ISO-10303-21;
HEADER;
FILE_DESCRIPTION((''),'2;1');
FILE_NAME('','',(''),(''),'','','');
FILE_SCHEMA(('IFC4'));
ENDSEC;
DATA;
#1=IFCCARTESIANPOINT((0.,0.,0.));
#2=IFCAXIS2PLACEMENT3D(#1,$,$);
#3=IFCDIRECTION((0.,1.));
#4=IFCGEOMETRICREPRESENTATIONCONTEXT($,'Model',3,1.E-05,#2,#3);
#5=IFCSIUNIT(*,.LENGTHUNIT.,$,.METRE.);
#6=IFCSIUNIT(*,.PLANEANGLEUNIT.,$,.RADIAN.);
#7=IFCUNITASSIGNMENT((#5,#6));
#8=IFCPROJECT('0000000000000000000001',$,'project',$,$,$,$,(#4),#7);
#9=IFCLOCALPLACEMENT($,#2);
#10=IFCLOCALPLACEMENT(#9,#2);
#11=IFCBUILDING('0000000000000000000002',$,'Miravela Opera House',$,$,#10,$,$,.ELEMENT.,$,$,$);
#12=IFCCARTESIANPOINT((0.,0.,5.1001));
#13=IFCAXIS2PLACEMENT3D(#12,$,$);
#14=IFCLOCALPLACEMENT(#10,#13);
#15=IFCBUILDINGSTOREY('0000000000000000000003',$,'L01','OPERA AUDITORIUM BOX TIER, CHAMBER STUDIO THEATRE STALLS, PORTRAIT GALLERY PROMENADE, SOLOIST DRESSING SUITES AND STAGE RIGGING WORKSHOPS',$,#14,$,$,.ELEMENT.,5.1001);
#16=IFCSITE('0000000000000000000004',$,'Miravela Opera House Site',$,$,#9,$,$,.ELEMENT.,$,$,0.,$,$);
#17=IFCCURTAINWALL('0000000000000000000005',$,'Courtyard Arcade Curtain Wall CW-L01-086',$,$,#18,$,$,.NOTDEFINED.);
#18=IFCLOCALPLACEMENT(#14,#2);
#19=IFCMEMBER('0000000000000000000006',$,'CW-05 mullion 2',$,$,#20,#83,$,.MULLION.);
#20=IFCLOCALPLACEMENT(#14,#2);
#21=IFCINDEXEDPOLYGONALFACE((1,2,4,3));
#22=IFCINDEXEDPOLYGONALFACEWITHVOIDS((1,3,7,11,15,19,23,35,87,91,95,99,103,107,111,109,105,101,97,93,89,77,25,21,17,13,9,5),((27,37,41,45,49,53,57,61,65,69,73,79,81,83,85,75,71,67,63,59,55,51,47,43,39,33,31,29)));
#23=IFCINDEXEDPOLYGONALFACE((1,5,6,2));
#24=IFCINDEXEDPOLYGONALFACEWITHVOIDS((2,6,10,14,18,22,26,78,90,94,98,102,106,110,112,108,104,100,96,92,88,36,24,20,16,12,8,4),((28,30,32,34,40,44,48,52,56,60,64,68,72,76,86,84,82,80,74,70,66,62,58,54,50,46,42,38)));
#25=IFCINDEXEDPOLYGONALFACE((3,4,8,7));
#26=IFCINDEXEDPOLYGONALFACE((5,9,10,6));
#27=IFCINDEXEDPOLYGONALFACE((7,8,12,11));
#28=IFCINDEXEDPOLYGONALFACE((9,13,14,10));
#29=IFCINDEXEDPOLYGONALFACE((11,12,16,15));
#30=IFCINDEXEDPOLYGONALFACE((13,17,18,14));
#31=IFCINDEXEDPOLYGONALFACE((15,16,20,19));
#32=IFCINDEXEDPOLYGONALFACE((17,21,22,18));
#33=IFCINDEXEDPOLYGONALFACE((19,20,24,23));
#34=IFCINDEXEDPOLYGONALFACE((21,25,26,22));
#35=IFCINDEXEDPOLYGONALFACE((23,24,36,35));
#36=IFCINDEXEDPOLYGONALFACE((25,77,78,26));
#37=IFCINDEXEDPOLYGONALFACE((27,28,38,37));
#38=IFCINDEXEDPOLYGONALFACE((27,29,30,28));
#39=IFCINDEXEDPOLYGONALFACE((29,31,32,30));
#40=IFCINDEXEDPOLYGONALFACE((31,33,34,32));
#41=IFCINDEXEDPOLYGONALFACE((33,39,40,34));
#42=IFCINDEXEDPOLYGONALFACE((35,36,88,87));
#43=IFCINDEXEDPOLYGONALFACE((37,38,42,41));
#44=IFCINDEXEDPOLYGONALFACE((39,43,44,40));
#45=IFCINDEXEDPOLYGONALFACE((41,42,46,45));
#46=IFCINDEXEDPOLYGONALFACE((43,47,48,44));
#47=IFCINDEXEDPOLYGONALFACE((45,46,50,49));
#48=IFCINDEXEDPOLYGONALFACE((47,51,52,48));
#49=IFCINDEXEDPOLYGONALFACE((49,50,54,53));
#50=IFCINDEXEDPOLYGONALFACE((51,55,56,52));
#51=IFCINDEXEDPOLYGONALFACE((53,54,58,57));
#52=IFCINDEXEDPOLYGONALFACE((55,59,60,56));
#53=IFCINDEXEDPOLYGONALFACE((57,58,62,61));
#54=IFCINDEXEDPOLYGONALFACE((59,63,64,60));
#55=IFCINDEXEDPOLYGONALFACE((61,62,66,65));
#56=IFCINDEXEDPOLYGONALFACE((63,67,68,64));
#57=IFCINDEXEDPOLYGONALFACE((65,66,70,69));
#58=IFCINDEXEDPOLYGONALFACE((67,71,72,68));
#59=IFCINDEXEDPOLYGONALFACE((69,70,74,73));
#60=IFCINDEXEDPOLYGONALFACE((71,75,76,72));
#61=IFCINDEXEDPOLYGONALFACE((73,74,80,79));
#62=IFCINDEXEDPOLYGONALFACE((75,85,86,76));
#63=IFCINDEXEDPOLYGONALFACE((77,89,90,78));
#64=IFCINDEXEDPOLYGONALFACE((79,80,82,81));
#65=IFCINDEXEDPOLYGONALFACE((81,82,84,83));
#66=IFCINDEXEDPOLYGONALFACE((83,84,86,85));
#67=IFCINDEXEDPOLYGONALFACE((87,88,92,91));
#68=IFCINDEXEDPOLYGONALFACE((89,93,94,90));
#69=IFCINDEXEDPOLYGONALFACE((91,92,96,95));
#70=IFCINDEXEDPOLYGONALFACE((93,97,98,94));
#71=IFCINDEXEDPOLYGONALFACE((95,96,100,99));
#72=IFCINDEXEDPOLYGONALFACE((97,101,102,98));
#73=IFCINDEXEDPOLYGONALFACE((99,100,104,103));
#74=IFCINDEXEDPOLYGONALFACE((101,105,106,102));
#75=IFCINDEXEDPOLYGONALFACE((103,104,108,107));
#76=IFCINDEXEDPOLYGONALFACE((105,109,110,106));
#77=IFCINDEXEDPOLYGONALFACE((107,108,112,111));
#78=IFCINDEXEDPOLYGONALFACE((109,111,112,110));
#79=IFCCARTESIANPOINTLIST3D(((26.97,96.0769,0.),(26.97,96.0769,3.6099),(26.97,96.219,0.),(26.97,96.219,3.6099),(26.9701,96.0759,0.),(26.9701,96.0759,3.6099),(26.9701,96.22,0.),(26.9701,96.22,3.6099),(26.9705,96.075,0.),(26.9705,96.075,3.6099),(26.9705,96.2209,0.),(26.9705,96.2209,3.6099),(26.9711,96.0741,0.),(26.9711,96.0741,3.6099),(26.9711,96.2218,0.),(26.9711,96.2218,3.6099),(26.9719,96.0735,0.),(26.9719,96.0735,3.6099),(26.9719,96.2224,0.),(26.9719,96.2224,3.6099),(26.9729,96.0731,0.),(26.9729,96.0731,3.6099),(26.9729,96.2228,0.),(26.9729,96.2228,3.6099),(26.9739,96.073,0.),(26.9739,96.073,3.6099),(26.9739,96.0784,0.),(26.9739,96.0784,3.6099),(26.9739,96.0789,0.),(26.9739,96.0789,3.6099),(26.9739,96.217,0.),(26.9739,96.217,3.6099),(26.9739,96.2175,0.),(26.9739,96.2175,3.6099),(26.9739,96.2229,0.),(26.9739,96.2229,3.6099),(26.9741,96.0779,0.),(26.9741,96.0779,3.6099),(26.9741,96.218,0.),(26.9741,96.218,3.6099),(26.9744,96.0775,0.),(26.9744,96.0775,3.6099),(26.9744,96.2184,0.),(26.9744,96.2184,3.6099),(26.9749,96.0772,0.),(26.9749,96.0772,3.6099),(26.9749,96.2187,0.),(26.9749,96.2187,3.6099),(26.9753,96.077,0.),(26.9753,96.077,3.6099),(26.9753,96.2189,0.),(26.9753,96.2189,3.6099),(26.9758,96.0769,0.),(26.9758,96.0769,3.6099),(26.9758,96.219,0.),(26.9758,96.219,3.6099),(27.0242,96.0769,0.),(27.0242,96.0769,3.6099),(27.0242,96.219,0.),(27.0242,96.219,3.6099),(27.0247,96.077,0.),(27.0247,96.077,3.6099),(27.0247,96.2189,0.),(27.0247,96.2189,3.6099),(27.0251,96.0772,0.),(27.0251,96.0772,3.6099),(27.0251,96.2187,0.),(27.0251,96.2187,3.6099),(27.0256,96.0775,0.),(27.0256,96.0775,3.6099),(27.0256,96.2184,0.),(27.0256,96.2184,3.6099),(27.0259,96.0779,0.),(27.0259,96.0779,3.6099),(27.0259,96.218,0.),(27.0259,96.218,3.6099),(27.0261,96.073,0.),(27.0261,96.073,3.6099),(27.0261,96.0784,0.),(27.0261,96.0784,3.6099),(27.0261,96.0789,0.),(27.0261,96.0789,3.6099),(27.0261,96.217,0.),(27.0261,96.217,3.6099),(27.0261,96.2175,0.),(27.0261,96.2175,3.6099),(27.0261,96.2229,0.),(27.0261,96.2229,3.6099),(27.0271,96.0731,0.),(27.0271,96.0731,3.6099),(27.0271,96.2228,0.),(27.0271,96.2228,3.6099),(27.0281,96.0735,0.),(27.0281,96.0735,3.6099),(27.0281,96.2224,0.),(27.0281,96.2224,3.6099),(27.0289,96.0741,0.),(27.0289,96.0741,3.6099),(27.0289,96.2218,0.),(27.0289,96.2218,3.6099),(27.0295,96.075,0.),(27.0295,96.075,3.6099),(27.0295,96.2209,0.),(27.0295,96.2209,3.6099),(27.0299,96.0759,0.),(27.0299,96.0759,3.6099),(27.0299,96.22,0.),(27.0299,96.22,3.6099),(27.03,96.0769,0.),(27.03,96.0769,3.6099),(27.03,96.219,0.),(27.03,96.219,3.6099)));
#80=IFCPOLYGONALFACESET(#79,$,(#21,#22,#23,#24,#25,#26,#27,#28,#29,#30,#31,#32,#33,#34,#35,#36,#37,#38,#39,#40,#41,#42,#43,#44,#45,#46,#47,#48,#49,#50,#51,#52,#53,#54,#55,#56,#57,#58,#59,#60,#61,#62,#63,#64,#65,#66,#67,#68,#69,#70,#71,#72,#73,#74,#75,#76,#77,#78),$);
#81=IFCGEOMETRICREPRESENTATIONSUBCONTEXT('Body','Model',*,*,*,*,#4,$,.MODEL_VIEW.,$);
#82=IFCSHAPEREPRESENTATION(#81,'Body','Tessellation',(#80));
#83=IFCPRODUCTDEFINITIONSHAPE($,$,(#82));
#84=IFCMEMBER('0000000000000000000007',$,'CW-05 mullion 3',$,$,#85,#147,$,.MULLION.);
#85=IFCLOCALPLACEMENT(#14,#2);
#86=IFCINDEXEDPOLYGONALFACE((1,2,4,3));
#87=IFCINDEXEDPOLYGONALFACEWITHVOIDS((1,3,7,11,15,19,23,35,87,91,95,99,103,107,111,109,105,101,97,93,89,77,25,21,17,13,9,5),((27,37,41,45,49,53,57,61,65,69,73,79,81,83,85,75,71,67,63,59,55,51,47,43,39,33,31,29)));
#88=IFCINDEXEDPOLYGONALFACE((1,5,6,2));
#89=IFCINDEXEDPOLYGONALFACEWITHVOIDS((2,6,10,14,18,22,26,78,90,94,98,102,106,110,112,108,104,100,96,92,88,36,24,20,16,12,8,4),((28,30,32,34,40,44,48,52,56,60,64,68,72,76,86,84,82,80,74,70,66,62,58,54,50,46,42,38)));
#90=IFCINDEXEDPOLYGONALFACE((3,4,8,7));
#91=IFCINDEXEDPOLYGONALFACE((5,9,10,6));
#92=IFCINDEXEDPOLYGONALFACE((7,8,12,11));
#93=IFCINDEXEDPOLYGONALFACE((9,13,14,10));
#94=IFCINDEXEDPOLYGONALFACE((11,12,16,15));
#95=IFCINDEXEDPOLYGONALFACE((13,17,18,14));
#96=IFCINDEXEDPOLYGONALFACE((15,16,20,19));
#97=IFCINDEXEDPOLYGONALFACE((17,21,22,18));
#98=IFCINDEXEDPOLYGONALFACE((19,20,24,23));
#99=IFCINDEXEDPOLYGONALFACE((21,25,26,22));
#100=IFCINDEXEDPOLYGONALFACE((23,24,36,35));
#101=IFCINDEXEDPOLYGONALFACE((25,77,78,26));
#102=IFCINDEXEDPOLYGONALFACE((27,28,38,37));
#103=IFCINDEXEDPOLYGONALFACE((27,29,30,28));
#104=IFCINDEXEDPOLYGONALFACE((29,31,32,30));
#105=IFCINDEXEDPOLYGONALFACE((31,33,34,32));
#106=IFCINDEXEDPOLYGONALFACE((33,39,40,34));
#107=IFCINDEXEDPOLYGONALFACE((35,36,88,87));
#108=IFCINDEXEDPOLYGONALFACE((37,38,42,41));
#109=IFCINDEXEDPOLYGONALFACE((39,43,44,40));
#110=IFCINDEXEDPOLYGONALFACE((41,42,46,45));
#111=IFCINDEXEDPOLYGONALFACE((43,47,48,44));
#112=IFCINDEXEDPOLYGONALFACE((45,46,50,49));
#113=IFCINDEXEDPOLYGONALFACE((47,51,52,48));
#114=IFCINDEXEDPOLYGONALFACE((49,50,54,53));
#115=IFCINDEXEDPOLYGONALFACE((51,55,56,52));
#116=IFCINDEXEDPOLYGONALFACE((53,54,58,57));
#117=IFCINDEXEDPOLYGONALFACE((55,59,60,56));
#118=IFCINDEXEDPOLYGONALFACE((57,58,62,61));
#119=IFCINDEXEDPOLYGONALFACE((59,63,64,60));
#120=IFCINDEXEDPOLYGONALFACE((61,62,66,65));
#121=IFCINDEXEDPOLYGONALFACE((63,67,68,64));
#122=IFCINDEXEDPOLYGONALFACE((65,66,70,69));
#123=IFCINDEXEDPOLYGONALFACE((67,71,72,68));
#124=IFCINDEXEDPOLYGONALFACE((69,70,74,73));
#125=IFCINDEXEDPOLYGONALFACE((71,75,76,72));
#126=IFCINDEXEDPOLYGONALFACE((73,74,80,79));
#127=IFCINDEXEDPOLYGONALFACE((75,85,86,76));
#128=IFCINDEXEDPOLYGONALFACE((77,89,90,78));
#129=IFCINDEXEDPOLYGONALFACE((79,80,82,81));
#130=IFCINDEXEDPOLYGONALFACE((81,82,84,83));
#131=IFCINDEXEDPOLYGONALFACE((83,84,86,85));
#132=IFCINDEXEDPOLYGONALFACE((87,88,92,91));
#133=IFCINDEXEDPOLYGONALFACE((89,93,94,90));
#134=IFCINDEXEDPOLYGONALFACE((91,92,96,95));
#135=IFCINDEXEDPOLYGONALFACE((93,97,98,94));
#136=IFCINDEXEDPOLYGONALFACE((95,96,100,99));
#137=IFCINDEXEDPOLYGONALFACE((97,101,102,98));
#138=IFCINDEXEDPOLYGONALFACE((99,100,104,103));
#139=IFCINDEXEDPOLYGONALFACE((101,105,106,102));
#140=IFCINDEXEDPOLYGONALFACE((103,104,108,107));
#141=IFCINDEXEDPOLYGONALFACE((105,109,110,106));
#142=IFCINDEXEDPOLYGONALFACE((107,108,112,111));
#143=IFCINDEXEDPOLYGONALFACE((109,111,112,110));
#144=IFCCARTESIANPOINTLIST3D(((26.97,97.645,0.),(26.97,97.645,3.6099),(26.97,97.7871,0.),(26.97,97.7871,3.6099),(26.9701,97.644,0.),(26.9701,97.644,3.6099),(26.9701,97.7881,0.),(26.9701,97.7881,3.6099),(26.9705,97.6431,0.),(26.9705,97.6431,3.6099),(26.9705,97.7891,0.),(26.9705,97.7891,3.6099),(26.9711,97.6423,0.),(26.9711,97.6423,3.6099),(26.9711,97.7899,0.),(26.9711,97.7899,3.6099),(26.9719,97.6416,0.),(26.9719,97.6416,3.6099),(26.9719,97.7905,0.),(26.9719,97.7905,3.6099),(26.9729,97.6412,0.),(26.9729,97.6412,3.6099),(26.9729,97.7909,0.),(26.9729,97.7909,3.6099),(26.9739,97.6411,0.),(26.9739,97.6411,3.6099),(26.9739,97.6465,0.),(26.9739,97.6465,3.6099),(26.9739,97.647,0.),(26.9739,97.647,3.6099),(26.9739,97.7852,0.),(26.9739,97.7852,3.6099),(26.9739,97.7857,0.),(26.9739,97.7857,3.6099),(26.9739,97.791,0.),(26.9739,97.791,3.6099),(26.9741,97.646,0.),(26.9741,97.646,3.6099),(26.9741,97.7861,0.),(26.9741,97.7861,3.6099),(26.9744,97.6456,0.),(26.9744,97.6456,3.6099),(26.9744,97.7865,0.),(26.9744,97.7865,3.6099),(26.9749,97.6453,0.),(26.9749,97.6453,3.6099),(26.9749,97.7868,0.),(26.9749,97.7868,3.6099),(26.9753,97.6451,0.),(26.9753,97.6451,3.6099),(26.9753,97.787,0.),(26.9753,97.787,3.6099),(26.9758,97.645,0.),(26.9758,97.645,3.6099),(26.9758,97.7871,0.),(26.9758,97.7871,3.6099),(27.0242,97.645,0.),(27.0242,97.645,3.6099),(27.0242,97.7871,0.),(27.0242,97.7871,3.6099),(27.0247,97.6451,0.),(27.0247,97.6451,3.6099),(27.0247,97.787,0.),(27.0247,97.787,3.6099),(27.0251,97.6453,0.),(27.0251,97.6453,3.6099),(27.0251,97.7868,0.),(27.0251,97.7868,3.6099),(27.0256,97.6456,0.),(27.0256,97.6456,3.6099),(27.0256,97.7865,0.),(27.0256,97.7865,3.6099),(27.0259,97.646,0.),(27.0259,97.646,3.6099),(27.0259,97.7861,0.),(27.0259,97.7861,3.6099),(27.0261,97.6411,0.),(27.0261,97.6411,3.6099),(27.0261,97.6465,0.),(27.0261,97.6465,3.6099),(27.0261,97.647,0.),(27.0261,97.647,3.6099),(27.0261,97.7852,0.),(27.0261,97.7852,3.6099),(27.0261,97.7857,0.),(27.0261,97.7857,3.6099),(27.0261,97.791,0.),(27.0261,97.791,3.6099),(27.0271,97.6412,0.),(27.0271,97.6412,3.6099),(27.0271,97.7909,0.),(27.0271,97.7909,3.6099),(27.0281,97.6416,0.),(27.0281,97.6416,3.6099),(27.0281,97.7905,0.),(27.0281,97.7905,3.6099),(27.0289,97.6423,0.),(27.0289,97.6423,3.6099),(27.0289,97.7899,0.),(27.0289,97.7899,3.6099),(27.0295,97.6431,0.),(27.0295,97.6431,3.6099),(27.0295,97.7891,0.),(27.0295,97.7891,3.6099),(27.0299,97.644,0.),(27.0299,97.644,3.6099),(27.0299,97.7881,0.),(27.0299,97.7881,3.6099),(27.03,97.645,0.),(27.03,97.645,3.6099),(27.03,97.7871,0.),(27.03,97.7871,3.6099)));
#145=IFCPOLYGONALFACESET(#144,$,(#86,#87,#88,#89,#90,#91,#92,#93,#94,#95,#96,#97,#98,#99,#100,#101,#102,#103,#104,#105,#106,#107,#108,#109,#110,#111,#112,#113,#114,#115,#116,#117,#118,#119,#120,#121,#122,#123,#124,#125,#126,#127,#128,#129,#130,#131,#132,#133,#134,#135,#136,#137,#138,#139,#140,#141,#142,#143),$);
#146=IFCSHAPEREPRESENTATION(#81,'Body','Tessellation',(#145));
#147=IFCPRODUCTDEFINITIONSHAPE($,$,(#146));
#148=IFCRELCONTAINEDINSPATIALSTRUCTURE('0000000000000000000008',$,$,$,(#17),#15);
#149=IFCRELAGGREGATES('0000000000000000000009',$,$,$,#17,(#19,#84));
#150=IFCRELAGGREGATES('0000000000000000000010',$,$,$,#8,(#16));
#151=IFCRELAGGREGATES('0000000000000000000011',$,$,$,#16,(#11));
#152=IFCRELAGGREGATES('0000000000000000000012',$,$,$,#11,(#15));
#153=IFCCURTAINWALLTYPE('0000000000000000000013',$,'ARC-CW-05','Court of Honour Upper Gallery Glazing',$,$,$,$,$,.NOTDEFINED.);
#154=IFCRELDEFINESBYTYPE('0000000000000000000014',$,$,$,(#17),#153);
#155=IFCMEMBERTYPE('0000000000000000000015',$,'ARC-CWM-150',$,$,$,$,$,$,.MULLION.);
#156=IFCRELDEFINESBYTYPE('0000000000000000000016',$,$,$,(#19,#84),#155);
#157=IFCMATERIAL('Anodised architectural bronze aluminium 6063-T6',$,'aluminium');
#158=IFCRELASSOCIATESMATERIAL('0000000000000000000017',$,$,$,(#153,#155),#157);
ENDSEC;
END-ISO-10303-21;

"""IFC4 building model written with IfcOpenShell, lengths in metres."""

from ifc_helpers import new_model, si_unit, direction, frame, origin, origin_2d, place, context, subcontext, project, spatial, hollow_rectangle, extrude, material, material_profile, profile_set, type_object, element, aggregate, save


model = new_model("IFC4")

# Units and contexts
model_context = context("Model", 3, precision=1e-05, world=origin(), true_north=direction((0.0, 1.0)))
body_context = subcontext(model_context, "Body", "Model", "MODEL_VIEW")
ifc_project = project(units=[si_unit("LENGTHUNIT", "METRE"), si_unit("PLANEANGLEUNIT", "RADIAN")], contexts=[model_context])

# Site, building, storey
site_placement = place(None, origin())
site = spatial("IfcSite", under=ifc_project, at=site_placement, Name="Miravela Opera House Site", CompositionType="ELEMENT", RefElevation=0.0)
building_placement = place(site_placement, origin())
building = spatial("IfcBuilding", under=site, at=building_placement, Name="Miravela Opera House", CompositionType="ELEMENT")
storey_placement = place(building_placement, frame((0.0, 0.0, 5.1001)))
storey = spatial("IfcBuildingStorey", under=building, at=storey_placement, Name="L01", Description="OPERA AUDITORIUM BOX TIER, CHAMBER STUDIO THEATRE STALLS, PORTRAIT GALLERY PROMENADE, SOLOIST DRESSING SUITES AND STAGE RIGGING WORKSHOPS", CompositionType="ELEMENT", Elevation=5.1001)

# Shared definitions
ifc_material_1 = material(Name="Anodised architectural bronze aluminium 6063-T6", Category="aluminium")
curtain_wall_type = type_object("IfcCurtainWallType", Name="ARC-CW-05", Description="Court of Honour Upper Gallery Glazing", PredefinedType="NOTDEFINED", material=ifc_material_1)
ifc_material_profile_1 = material_profile(ifc_material_1, hollow_rectangle(XDim=0.0601, YDim=0.1499, WallThickness=0.0039, InnerFilletRadius=0.002, OuterFilletRadius=0.0039, at=origin_2d()), Name="CWM-60X150")
ifc_profile_set_1 = profile_set([ifc_material_profile_1])
member_type_1 = type_object("IfcMemberType", Name="ARC-CWM-150", PredefinedType="MULLION", material=ifc_profile_set_1)

# Curtain wall, members
curtain_wall_1_placement = place(storey_placement, origin())
curtain_wall_1 = element("IfcCurtainWall", 1, at=curtain_wall_1_placement, inside=storey, type_object=curtain_wall_type, Name="Courtyard Arcade Curtain Wall CW-L01-086", PredefinedType="NOTDEFINED")
member_1_placement = place(storey_placement, frame((27.0, 96.1479, 0.0), z_axis=(0.0, 0.0, 1.0), x_axis=(-1.0, 0.0, 0.0)))
member_1 = element("IfcMember", 2, at=member_1_placement, type_object=member_type_1, Name="CW-05 mullion 2", PredefinedType="MULLION", context=body_context, shape_type="SweptSolid", body=[
    extrude(hollow_rectangle(XDim=0.0601, YDim=0.1499, WallThickness=0.0039, InnerFilletRadius=0.002, OuterFilletRadius=0.0039, at=origin_2d()), origin(), (0.0, 0.0, 1.0), 3.6099),
])
member_2_placement = place(storey_placement, frame((27.0, 97.7161, 0.0), z_axis=(0.0, 0.0, 1.0), x_axis=(-1.0, 0.0, 0.0)))
member_2 = element("IfcMember", 3, at=member_2_placement, type_object=member_type_1, Name="CW-05 mullion 3", PredefinedType="MULLION", context=body_context, shape_type="SweptSolid", body=[
    extrude(hollow_rectangle(XDim=0.0601, YDim=0.1499, WallThickness=0.0039, InnerFilletRadius=0.002, OuterFilletRadius=0.0039, at=origin_2d()), origin(), (0.0, 0.0, 1.0), 3.6099),
])

aggregate(curtain_wall_1, [member_1, member_2])

save(model, "model.ifc")
